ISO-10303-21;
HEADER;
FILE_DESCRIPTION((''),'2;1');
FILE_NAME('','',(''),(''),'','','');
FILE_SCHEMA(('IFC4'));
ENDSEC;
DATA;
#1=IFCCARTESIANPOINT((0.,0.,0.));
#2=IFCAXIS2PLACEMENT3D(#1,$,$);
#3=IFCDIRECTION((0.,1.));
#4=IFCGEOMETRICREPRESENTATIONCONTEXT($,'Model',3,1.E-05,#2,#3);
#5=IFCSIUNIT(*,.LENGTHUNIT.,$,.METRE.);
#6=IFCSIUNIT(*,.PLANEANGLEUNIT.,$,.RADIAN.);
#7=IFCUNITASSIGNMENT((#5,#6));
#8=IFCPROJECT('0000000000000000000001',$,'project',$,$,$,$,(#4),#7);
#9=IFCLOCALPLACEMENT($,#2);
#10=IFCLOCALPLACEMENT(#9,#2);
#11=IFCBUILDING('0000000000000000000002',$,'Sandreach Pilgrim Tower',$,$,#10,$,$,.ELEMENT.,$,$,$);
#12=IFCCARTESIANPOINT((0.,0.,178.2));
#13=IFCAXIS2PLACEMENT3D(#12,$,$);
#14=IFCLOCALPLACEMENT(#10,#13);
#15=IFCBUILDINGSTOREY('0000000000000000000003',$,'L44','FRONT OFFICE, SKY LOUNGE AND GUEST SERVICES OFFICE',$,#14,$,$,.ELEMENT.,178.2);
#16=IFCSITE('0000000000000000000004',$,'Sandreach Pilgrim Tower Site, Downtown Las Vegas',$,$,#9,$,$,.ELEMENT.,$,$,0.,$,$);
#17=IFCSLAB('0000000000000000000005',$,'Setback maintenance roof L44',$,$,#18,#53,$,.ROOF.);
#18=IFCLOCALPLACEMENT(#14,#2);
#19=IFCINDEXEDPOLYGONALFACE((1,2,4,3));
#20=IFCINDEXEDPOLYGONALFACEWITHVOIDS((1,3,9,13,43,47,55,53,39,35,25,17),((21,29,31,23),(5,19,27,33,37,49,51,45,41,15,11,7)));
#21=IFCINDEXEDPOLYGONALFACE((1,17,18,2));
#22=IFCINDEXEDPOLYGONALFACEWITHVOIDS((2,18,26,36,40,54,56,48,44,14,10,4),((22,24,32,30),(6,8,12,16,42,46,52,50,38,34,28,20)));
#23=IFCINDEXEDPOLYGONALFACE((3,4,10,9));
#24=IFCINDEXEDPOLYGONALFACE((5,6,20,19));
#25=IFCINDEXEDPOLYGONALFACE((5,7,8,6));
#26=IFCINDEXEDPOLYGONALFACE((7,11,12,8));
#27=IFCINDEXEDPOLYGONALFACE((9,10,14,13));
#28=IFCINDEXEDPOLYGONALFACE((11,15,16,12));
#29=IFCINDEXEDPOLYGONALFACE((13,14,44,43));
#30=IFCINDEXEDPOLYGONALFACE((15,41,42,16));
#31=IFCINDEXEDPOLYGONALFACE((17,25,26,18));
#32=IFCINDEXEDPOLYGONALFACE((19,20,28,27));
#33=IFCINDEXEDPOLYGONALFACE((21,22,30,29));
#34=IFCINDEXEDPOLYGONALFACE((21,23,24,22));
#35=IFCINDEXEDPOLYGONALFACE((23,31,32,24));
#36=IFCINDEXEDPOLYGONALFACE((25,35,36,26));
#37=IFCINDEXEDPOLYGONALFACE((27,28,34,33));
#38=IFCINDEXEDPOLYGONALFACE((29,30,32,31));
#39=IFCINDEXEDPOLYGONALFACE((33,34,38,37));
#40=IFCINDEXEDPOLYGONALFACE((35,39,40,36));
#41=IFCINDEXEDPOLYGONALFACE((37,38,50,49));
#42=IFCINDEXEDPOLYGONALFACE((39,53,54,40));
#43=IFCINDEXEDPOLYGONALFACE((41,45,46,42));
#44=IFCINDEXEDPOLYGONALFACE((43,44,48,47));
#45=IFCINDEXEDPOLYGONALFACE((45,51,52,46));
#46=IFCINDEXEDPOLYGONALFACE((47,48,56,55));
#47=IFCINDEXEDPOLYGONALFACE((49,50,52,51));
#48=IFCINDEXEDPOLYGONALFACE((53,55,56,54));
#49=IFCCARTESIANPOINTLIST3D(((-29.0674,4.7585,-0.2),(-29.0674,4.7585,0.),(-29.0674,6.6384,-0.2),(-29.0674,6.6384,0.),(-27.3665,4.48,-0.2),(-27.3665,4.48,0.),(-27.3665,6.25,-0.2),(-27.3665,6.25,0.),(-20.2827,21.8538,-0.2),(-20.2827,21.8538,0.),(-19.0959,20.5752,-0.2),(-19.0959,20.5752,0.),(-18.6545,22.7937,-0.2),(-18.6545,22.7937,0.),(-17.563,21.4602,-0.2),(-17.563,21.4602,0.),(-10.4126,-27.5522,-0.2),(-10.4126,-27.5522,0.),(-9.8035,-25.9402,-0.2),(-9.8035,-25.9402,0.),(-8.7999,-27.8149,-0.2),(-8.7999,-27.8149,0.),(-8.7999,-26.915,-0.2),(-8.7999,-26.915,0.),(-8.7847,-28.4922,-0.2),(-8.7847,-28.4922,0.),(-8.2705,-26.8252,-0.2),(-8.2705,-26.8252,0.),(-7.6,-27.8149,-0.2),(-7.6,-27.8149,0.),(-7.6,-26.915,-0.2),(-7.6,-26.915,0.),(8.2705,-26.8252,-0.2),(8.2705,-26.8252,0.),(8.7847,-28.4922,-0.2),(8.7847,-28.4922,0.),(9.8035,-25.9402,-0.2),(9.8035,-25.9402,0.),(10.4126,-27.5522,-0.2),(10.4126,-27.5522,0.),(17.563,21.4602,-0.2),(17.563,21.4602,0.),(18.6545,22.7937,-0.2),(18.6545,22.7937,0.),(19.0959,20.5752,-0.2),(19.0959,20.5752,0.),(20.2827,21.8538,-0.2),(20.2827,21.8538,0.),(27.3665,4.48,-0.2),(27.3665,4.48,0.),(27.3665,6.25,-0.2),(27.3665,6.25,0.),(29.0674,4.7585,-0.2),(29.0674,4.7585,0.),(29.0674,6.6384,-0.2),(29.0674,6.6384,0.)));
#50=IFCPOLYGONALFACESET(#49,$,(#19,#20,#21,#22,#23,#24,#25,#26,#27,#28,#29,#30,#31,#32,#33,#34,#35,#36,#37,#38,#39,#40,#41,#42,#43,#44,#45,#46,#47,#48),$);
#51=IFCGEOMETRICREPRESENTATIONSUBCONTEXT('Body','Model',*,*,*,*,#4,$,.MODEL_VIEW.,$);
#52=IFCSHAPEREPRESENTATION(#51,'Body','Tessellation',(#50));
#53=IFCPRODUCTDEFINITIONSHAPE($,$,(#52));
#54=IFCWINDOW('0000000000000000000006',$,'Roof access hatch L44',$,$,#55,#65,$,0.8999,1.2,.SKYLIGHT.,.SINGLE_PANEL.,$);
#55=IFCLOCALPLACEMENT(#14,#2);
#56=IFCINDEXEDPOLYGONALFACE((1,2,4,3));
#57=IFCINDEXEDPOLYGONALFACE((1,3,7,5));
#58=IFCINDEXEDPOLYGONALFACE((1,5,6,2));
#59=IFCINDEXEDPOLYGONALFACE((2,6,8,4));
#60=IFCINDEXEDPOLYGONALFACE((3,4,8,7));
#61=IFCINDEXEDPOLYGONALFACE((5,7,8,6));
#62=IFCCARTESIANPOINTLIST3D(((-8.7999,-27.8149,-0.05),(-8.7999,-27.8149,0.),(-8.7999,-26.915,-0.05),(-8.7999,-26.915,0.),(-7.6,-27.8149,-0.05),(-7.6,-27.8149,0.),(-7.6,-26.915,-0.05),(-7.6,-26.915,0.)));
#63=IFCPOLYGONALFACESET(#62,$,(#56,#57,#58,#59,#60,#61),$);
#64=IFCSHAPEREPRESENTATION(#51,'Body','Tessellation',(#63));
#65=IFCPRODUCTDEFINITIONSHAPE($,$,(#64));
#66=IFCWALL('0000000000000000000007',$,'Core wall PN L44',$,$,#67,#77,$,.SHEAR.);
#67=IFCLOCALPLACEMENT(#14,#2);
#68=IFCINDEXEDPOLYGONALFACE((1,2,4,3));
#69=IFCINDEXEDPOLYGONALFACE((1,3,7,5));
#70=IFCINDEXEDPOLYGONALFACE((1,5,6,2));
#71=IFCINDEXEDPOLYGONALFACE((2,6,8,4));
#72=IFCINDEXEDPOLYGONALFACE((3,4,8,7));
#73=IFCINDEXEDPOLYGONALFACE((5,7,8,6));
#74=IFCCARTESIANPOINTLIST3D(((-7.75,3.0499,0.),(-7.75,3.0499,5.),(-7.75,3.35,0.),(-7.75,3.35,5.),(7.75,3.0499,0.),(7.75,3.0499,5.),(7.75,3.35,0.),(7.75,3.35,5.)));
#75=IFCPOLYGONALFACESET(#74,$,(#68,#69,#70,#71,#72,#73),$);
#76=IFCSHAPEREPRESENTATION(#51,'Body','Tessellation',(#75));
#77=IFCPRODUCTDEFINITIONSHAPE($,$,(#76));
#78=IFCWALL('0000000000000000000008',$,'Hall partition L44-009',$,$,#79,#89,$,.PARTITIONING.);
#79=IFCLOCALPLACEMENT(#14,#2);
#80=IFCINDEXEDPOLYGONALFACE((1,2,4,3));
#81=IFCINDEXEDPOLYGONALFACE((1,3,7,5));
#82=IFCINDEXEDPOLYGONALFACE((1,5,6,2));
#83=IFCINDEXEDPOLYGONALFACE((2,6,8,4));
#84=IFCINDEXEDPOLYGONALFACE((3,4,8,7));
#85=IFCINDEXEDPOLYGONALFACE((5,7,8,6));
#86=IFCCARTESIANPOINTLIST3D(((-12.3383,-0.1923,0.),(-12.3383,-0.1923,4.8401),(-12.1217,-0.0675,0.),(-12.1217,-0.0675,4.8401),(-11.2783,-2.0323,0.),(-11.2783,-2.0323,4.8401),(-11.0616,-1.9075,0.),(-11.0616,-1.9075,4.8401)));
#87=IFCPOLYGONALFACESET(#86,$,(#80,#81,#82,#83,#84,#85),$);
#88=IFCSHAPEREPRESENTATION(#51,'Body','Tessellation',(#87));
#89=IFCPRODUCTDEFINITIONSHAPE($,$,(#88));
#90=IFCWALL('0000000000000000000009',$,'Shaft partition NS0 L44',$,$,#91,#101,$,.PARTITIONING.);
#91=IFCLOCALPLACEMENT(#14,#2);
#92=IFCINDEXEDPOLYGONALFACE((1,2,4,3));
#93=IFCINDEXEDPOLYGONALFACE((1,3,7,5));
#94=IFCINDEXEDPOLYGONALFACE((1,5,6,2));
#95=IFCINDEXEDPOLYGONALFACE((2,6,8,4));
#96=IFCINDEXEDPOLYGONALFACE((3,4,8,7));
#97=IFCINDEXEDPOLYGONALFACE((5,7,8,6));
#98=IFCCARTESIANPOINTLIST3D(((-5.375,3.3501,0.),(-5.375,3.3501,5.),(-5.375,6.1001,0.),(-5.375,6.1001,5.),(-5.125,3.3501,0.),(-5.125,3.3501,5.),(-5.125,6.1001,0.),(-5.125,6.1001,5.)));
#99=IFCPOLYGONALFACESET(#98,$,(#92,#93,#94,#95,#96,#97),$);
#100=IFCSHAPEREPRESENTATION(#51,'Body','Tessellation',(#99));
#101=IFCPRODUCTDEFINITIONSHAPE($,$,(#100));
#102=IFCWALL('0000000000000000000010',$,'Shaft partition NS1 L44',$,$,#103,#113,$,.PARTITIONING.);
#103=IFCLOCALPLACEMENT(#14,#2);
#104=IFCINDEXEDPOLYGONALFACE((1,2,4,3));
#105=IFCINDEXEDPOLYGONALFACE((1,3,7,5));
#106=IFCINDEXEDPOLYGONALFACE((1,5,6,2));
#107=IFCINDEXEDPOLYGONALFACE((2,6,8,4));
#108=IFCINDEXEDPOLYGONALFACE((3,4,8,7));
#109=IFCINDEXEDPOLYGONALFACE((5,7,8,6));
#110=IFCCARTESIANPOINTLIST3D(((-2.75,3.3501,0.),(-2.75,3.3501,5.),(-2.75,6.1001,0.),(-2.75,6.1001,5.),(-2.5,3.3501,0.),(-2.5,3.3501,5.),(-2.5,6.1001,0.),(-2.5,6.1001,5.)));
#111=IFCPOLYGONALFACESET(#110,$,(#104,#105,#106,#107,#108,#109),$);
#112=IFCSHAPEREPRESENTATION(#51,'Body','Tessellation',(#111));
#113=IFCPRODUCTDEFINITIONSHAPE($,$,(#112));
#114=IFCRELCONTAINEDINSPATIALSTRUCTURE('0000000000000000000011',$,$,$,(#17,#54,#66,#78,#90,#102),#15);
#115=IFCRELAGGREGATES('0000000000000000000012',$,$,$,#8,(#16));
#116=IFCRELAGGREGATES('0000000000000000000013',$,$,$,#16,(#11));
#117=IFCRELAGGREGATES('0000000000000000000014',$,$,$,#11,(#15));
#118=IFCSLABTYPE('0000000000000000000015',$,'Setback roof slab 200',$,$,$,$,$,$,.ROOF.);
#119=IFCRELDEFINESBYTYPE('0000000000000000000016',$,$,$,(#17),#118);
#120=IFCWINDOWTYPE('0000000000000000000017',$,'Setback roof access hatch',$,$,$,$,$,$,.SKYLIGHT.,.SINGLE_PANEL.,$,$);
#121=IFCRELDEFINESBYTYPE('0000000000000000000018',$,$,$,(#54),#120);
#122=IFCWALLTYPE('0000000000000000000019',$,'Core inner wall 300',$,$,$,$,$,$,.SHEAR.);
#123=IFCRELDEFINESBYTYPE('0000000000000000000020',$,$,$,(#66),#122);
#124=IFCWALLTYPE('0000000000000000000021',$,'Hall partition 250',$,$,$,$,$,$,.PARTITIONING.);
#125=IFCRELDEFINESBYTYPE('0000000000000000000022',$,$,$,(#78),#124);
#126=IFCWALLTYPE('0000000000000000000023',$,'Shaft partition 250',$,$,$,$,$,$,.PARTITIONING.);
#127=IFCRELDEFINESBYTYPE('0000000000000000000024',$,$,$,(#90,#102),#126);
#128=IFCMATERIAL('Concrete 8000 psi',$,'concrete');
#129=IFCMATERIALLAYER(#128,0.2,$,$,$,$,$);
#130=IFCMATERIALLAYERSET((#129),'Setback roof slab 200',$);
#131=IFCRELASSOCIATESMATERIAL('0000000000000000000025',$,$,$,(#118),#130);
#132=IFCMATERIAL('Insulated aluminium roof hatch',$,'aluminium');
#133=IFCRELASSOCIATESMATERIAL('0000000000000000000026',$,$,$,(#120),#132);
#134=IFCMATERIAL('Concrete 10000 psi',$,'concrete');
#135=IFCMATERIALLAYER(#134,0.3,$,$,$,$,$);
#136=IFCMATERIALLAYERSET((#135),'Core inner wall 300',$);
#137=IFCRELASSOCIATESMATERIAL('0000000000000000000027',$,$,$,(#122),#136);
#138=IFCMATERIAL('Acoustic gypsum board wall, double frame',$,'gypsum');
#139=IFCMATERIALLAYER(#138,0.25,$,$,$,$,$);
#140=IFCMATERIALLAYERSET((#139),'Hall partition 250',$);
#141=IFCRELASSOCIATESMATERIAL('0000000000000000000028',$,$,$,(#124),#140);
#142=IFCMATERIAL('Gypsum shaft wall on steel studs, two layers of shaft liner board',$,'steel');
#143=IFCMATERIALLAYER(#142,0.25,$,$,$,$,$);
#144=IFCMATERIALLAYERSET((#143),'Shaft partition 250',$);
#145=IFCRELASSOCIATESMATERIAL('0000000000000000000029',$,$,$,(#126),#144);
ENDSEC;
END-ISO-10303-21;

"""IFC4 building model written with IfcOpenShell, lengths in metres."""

from ifc_helpers import new_model, si_unit, direction, frame, frame_2d, origin, origin_2d, place, context, subcontext, project, spatial, polyline, rectangle, outline, extrude, material, layer, layer_set, type_object, element, fill, save


model = new_model("IFC4")

# Units and contexts
model_context = context("Model", 3, precision=1e-05, world=origin(), true_north=direction((0.0, 1.0)))
body_context = subcontext(model_context, "Body", "Model", "MODEL_VIEW")
ifc_project = project(units=[si_unit("LENGTHUNIT", "METRE"), si_unit("PLANEANGLEUNIT", "RADIAN")], contexts=[model_context])

# Site, building, storey
site_placement = place(None, origin())
site = spatial("IfcSite", under=ifc_project, at=site_placement, Name="Sandreach Pilgrim Tower Site, Downtown Las Vegas", CompositionType="ELEMENT", RefElevation=0.0)
building_placement = place(site_placement, origin())
building = spatial("IfcBuilding", under=site, at=building_placement, Name="Sandreach Pilgrim Tower", CompositionType="ELEMENT")
storey_placement = place(building_placement, frame((0.0, 0.0, 178.2)))
storey = spatial("IfcBuildingStorey", under=building, at=storey_placement, Name="L44", Description="FRONT OFFICE, SKY LOUNGE AND GUEST SERVICES OFFICE", CompositionType="ELEMENT", Elevation=178.2)

# Slab, opening, window
ifc_material_1 = material(Name="Concrete 8000 psi", Category="concrete")
ifc_layer_1 = layer(ifc_material_1, 0.2)
ifc_layer_set_1 = layer_set([ifc_layer_1], Name="Setback roof slab 200")
slab_type_1 = type_object("IfcSlabType", Name="Setback roof slab 200", PredefinedType="ROOF", material=ifc_layer_set_1)
slab_1_placement = place(storey_placement, frame((0.0, 0.0, -0.2)))
slab_1 = element("IfcSlab", 1, at=slab_1_placement, inside=storey, type_object=slab_type_1, Name="Setback maintenance roof L44", PredefinedType="ROOF", context=body_context, shape_type="SweptSolid", body=[
    extrude(outline(polyline([(-18.6545, 22.7937), (-20.2827, 21.8538), (-29.0674, 6.6384), (-29.0674, 4.7585), (-10.4126, -27.5522), (-8.7847, -28.4922), (8.7847, -28.4922), (10.4126, -27.5522), (29.0674, 4.7585), (29.0674, 6.6384), (20.2827, 21.8538), (18.6545, 22.7937), (-18.6545, 22.7937)]), holes=[polyline([(-17.563, 21.4602), (-19.0959, 20.5752), (-27.3665, 6.25), (-27.3665, 4.48), (-9.8035, -25.9402), (-8.2705, -26.8252), (8.2705, -26.8252), (9.8035, -25.9402), (27.3665, 4.48), (27.3665, 6.25), (19.0959, 20.5752), (17.563, 21.4602), (-17.563, 21.4602)])]), origin(), (0.0, 0.0, 1.0), 0.2),
])
opening_1_placement = place(slab_1_placement, frame((-8.2, -27.365, 0.0)))
opening_1 = element("IfcOpeningElement", 2, at=opening_1_placement, cuts=slab_1, PredefinedType="OPENING", context=body_context, shape_type="SweptSolid", body=[
    extrude(rectangle(XDim=1.2, YDim=0.8999, at=origin_2d()), origin(), (0.0, 0.0, 1.0), 0.2),
])
ifc_material_2 = material(Name="Insulated aluminium roof hatch", Category="aluminium")
window_type = type_object("IfcWindowType", Name="Setback roof access hatch", PartitioningType="SINGLE_PANEL", PredefinedType="SKYLIGHT", material=ifc_material_2)
window_placement = place(opening_1_placement, frame((0.0, 0.0, 0.1499)))
window = element("IfcWindow", 3, at=window_placement, inside=storey, type_object=window_type, Name="Roof access hatch L44", OverallHeight=0.8999, OverallWidth=1.2, PartitioningType="SINGLE_PANEL", PredefinedType="SKYLIGHT", context=body_context, shape_type="SweptSolid", body=[
    extrude(rectangle(XDim=1.2, YDim=0.8999, at=origin_2d()), origin(), (0.0, 0.0, 1.0), 0.05),
])
fill(opening_1, window)

# Shared definitions
ifc_material_3 = material(Name="Concrete 10000 psi", Category="concrete")
ifc_layer_2 = layer(ifc_material_3, 0.3)
ifc_layer_set_2 = layer_set([ifc_layer_2], Name="Core inner wall 300")
wall_type_1 = type_object("IfcWallType", Name="Core inner wall 300", PredefinedType="SHEAR", material=ifc_layer_set_2)

# Wall
wall_1_placement = place(storey_placement, frame((-7.75, 3.2, 0.0), z_axis=(0.0, 0.0, 1.0), x_axis=(1.0, 0.0, 0.0)))
element("IfcWall", 4, at=wall_1_placement, inside=storey, type_object=wall_type_1, Name="Core wall PN L44", PredefinedType="SHEAR", context=body_context, shape_type="SweptSolid", body=[
    extrude(rectangle(XDim=15.5, YDim=0.3, at=frame_2d((7.75, 0.0))), origin(), (0.0, 0.0, 1.0), 5.0),
])

# Shared definitions
ifc_material_4 = material(Name="Acoustic gypsum board wall, double frame", Category="gypsum")
ifc_layer_3 = layer(ifc_material_4, 0.25)
ifc_layer_set_3 = layer_set([ifc_layer_3], Name="Hall partition 250")
wall_type_2 = type_object("IfcWallType", Name="Hall partition 250", PredefinedType="PARTITIONING", material=ifc_layer_set_3)

# Walls
wall_2_placement = place(storey_placement, frame((-12.23, -0.1299, 0.0), z_axis=(0.0, 0.0, 1.0), x_axis=(0.499182, -0.866497, 0.0)))
element("IfcWall", 5, at=wall_2_placement, inside=storey, type_object=wall_type_2, Name="Hall partition L44-009", PredefinedType="PARTITIONING", context=body_context, shape_type="SweptSolid", body=[
    extrude(rectangle(XDim=2.1235, YDim=0.25, at=frame_2d((1.0618, 0.0))), origin(), (0.0, 0.0, 1.0), 4.8401),
])
ifc_material_5 = material(Name="Gypsum shaft wall on steel studs, two layers of shaft liner board", Category="steel")
ifc_layer_4 = layer(ifc_material_5, 0.25)
ifc_layer_set_4 = layer_set([ifc_layer_4], Name="Shaft partition 250")
wall_type_3 = type_object("IfcWallType", Name="Shaft partition 250", PredefinedType="PARTITIONING", material=ifc_layer_set_4)
for number, where, z_axis, x_axis, name in (
    (6, (-5.25, 3.3501, 0.0), (0.0, 0.0, 1.0), (0.0, 1.0, 0.0), "Shaft partition NS0 L44"),
    (7, (-2.625, 3.3501, 0.0), (0.0, 0.0, 1.0), (0.0, 1.0, 0.0), "Shaft partition NS1 L44"),
):
    element("IfcWall", number, at=place(storey_placement, frame(where, z_axis=z_axis, x_axis=x_axis)), inside=storey, type_object=wall_type_3, Name=name, PredefinedType="PARTITIONING", context=body_context, shape_type="SweptSolid", body=[
        extrude(rectangle(XDim=2.75, YDim=0.25, at=frame_2d((1.375, 0.0))), origin(), (0.0, 0.0, 1.0), 5.0),
    ])

save(model, "model.ifc")
